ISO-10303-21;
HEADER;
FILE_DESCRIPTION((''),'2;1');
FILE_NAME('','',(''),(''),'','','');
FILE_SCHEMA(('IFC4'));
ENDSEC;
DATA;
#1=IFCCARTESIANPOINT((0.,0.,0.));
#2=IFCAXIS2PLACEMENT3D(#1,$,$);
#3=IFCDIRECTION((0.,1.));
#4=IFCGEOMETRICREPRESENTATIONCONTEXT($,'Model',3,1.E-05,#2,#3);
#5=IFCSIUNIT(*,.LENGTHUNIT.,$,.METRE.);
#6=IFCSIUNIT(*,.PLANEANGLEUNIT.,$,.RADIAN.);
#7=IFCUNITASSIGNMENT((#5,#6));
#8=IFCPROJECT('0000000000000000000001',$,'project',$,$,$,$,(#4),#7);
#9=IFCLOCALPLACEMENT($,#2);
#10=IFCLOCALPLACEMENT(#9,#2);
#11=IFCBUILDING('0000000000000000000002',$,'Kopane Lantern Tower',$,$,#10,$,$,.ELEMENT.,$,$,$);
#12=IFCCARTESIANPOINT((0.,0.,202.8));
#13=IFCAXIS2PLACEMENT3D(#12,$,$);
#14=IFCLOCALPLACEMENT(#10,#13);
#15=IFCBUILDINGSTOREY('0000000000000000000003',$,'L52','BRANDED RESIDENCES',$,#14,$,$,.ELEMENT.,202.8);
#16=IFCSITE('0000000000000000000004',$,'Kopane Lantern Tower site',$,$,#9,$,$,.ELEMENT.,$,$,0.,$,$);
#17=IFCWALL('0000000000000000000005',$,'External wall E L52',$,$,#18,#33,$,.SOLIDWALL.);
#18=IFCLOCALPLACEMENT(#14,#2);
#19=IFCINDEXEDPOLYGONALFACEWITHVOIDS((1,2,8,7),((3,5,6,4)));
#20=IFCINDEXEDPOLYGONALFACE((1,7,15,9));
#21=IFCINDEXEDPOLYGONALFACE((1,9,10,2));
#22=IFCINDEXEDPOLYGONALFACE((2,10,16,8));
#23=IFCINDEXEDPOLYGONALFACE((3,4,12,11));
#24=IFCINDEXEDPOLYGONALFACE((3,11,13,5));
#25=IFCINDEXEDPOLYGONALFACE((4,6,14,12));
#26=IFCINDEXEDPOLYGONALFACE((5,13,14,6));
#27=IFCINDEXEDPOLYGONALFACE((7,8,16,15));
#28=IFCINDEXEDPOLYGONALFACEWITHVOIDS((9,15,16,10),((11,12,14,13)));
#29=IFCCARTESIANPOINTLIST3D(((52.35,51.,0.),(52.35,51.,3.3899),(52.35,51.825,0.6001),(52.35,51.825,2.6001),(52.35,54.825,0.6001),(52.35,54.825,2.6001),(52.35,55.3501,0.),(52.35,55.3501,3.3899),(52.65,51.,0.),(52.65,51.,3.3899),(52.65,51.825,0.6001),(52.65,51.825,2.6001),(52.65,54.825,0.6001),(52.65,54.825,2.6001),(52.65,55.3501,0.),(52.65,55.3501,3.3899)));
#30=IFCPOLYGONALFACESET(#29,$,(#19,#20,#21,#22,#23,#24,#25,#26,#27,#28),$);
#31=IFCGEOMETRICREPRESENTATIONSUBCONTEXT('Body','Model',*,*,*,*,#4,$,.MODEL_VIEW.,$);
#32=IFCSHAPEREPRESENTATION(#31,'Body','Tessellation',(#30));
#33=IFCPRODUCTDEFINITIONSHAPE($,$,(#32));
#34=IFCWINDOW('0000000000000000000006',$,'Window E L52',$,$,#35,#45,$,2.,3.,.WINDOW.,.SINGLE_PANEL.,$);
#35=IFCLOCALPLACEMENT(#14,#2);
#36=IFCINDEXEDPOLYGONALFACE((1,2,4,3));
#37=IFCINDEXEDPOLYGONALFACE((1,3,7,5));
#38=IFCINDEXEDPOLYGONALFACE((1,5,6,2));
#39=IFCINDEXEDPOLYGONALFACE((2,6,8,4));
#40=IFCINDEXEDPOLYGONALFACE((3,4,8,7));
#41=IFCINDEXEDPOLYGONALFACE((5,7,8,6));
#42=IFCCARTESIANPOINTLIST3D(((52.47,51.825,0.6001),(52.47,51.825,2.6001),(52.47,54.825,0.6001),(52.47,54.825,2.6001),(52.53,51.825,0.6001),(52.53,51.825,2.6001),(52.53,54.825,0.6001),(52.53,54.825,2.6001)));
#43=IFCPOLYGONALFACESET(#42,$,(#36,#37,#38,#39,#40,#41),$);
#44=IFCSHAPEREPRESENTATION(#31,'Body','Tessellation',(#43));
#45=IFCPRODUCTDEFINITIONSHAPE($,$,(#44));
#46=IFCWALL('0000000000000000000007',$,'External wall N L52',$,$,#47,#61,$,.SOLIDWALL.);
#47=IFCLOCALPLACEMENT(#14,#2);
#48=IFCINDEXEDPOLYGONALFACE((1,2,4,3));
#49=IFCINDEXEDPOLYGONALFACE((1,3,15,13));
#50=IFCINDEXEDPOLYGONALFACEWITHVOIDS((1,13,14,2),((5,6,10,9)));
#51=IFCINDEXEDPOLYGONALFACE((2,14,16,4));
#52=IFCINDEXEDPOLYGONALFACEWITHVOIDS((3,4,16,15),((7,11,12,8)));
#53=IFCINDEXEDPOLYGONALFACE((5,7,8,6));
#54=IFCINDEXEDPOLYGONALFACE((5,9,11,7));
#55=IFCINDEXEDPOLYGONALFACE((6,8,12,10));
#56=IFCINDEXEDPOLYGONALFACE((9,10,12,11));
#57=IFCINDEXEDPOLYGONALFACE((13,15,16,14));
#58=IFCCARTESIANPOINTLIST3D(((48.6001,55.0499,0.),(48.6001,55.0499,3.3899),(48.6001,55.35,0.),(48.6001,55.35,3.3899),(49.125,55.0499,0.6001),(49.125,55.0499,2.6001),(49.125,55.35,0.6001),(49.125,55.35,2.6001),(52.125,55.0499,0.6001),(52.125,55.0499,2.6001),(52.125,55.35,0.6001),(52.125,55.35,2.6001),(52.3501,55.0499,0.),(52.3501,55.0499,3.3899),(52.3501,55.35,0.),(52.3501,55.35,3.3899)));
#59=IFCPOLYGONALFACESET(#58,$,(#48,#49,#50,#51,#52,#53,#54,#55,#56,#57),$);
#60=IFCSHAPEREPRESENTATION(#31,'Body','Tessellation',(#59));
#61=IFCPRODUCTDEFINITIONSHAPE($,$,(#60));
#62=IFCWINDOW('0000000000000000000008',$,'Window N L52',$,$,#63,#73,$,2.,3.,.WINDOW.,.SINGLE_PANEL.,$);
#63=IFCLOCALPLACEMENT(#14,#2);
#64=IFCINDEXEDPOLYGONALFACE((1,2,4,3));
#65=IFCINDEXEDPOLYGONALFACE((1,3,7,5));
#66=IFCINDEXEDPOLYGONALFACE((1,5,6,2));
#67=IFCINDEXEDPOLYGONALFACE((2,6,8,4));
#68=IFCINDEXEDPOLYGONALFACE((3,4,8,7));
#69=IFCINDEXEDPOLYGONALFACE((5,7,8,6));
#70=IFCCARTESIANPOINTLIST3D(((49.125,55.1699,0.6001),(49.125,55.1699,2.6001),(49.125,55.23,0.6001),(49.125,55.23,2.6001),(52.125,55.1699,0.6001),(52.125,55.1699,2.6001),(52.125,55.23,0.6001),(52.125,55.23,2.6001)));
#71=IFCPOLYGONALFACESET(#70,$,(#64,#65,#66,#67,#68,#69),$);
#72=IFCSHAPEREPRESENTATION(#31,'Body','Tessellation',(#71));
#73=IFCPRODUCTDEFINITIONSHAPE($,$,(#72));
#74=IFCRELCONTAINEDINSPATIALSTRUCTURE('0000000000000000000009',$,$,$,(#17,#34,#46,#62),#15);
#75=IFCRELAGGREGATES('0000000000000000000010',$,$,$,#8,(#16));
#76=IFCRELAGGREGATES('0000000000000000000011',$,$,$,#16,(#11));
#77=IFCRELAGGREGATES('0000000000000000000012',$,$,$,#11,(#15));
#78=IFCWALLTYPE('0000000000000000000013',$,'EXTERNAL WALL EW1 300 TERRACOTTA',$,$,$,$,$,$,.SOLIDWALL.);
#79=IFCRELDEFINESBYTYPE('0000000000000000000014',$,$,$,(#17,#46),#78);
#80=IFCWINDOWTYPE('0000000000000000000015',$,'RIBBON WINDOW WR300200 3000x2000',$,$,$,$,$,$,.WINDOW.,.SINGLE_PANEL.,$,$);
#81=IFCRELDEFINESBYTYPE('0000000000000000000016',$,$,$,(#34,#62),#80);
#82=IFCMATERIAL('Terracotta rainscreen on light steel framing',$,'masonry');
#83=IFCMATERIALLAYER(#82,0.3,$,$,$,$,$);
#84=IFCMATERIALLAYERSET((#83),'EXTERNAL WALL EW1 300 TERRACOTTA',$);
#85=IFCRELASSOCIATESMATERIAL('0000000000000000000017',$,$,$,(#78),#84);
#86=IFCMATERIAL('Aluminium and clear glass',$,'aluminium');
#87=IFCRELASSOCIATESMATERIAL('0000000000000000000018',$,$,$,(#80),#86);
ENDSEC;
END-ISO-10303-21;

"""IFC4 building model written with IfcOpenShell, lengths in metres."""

from ifc_helpers import new_model, si_unit, direction, frame, frame_2d, origin, place, context, subcontext, project, spatial, rectangle, extrude, material, layer, layer_set, type_object, element, fill, save


model = new_model("IFC4")

# Units and contexts
model_context = context("Model", 3, precision=1e-05, world=origin(), true_north=direction((0.0, 1.0)))
body_context = subcontext(model_context, "Body", "Model", "MODEL_VIEW")
ifc_project = project(units=[si_unit("LENGTHUNIT", "METRE"), si_unit("PLANEANGLEUNIT", "RADIAN")], contexts=[model_context])

# Site, building, storey
site_placement = place(None, origin())
site = spatial("IfcSite", under=ifc_project, at=site_placement, Name="Kopane Lantern Tower site", CompositionType="ELEMENT", RefElevation=0.0)
building_placement = place(site_placement, origin())
building = spatial("IfcBuilding", under=site, at=building_placement, Name="Kopane Lantern Tower", CompositionType="ELEMENT")
storey_placement = place(building_placement, frame((0.0, 0.0, 202.8)))
storey = spatial("IfcBuildingStorey", under=building, at=storey_placement, Name="L52", Description="BRANDED RESIDENCES", CompositionType="ELEMENT", Elevation=202.8)

# Walls, openings, windows
ifc_material_1 = material(Name="Terracotta rainscreen on light steel framing", Category="masonry")
ifc_layer = layer(ifc_material_1, 0.3)
ifc_layer_set = layer_set([ifc_layer], Name="EXTERNAL WALL EW1 300 TERRACOTTA")
wall_type = type_object("IfcWallType", Name="EXTERNAL WALL EW1 300 TERRACOTTA", PredefinedType="SOLIDWALL", material=ifc_layer_set)
ifc_material_2 = material(Name="Aluminium and clear glass", Category="aluminium")
window_type = type_object("IfcWindowType", Name="RIBBON WINDOW WR300200 3000x2000", PartitioningType="SINGLE_PANEL", PredefinedType="WINDOW", material=ifc_material_2)
wall_1_placement = place(storey_placement, frame((52.5, 51.0, 0.0), z_axis=(0.0, 0.0, 1.0), x_axis=(0.0, 1.0, 0.0)))
wall_1 = element("IfcWall", 1, at=wall_1_placement, inside=storey, type_object=wall_type, Name="External wall E L52", PredefinedType="SOLIDWALL", context=body_context, shape_type="SweptSolid", body=[
    extrude(rectangle(XDim=4.3501, YDim=0.3, at=frame_2d((2.175, 0.0))), origin(), (0.0, 0.0, 1.0), 3.3899),
])
opening_1_placement = place(wall_1_placement, frame((0.825, 0.0, 0.6001)))
opening_1 = element("IfcOpeningElement", 2, at=opening_1_placement, cuts=wall_1, PredefinedType="OPENING", context=body_context, shape_type="SweptSolid", body=[
    extrude(rectangle(XDim=3.0, YDim=2.0, at=frame_2d((1.5, 1.0))), frame((0.0, 0.1599, 0.0), z_axis=(0.0, -1.0, 0.0), x_axis=(1.0, 0.0, 0.0)), (0.0, 0.0, 1.0), 0.3201),
])
window_1_placement = place(opening_1_placement, origin())
window_1 = element("IfcWindow", 3, at=window_1_placement, inside=storey, type_object=window_type, Name="Window E L52", OverallHeight=2.0, OverallWidth=3.0, PartitioningType="SINGLE_PANEL", PredefinedType="WINDOW", context=body_context, shape_type="SweptSolid", body=[
    extrude(rectangle(XDim=3.0, YDim=2.0, at=frame_2d((1.5, 1.0))), frame((0.0, 0.03, 0.0), z_axis=(0.0, -1.0, 0.0), x_axis=(1.0, 0.0, 0.0)), (0.0, 0.0, 1.0), 0.0601),
])
fill(opening_1, window_1)
wall_2_placement = place(storey_placement, frame((52.3501, 55.2, 0.0), z_axis=(0.0, 0.0, 1.0), x_axis=(-1.0, 0.0, 0.0)))
wall_2 = element("IfcWall", 4, at=wall_2_placement, inside=storey, type_object=wall_type, Name="External wall N L52", PredefinedType="SOLIDWALL", context=body_context, shape_type="SweptSolid", body=[
    extrude(rectangle(XDim=3.75, YDim=0.3, at=frame_2d((1.875, 0.0))), origin(), (0.0, 0.0, 1.0), 3.3899),
])
opening_2_placement = place(wall_2_placement, frame((0.2251, 0.0, 0.6001)))
opening_2 = element("IfcOpeningElement", 5, at=opening_2_placement, cuts=wall_2, PredefinedType="OPENING", context=body_context, shape_type="SweptSolid", body=[
    extrude(rectangle(XDim=3.0, YDim=2.0, at=frame_2d((1.5, 1.0))), frame((0.0, 0.1599, 0.0), z_axis=(0.0, -1.0, 0.0), x_axis=(1.0, 0.0, 0.0)), (0.0, 0.0, 1.0), 0.3201),
])
window_2_placement = place(opening_2_placement, origin())
window_2 = element("IfcWindow", 6, at=window_2_placement, inside=storey, type_object=window_type, Name="Window N L52", OverallHeight=2.0, OverallWidth=3.0, PartitioningType="SINGLE_PANEL", PredefinedType="WINDOW", context=body_context, shape_type="SweptSolid", body=[
    extrude(rectangle(XDim=3.0, YDim=2.0, at=frame_2d((1.5, 1.0))), frame((0.0, 0.03, 0.0), z_axis=(0.0, -1.0, 0.0), x_axis=(1.0, 0.0, 0.0)), (0.0, 0.0, 1.0), 0.0601),
])
fill(opening_2, window_2)

save(model, "model.ifc")
